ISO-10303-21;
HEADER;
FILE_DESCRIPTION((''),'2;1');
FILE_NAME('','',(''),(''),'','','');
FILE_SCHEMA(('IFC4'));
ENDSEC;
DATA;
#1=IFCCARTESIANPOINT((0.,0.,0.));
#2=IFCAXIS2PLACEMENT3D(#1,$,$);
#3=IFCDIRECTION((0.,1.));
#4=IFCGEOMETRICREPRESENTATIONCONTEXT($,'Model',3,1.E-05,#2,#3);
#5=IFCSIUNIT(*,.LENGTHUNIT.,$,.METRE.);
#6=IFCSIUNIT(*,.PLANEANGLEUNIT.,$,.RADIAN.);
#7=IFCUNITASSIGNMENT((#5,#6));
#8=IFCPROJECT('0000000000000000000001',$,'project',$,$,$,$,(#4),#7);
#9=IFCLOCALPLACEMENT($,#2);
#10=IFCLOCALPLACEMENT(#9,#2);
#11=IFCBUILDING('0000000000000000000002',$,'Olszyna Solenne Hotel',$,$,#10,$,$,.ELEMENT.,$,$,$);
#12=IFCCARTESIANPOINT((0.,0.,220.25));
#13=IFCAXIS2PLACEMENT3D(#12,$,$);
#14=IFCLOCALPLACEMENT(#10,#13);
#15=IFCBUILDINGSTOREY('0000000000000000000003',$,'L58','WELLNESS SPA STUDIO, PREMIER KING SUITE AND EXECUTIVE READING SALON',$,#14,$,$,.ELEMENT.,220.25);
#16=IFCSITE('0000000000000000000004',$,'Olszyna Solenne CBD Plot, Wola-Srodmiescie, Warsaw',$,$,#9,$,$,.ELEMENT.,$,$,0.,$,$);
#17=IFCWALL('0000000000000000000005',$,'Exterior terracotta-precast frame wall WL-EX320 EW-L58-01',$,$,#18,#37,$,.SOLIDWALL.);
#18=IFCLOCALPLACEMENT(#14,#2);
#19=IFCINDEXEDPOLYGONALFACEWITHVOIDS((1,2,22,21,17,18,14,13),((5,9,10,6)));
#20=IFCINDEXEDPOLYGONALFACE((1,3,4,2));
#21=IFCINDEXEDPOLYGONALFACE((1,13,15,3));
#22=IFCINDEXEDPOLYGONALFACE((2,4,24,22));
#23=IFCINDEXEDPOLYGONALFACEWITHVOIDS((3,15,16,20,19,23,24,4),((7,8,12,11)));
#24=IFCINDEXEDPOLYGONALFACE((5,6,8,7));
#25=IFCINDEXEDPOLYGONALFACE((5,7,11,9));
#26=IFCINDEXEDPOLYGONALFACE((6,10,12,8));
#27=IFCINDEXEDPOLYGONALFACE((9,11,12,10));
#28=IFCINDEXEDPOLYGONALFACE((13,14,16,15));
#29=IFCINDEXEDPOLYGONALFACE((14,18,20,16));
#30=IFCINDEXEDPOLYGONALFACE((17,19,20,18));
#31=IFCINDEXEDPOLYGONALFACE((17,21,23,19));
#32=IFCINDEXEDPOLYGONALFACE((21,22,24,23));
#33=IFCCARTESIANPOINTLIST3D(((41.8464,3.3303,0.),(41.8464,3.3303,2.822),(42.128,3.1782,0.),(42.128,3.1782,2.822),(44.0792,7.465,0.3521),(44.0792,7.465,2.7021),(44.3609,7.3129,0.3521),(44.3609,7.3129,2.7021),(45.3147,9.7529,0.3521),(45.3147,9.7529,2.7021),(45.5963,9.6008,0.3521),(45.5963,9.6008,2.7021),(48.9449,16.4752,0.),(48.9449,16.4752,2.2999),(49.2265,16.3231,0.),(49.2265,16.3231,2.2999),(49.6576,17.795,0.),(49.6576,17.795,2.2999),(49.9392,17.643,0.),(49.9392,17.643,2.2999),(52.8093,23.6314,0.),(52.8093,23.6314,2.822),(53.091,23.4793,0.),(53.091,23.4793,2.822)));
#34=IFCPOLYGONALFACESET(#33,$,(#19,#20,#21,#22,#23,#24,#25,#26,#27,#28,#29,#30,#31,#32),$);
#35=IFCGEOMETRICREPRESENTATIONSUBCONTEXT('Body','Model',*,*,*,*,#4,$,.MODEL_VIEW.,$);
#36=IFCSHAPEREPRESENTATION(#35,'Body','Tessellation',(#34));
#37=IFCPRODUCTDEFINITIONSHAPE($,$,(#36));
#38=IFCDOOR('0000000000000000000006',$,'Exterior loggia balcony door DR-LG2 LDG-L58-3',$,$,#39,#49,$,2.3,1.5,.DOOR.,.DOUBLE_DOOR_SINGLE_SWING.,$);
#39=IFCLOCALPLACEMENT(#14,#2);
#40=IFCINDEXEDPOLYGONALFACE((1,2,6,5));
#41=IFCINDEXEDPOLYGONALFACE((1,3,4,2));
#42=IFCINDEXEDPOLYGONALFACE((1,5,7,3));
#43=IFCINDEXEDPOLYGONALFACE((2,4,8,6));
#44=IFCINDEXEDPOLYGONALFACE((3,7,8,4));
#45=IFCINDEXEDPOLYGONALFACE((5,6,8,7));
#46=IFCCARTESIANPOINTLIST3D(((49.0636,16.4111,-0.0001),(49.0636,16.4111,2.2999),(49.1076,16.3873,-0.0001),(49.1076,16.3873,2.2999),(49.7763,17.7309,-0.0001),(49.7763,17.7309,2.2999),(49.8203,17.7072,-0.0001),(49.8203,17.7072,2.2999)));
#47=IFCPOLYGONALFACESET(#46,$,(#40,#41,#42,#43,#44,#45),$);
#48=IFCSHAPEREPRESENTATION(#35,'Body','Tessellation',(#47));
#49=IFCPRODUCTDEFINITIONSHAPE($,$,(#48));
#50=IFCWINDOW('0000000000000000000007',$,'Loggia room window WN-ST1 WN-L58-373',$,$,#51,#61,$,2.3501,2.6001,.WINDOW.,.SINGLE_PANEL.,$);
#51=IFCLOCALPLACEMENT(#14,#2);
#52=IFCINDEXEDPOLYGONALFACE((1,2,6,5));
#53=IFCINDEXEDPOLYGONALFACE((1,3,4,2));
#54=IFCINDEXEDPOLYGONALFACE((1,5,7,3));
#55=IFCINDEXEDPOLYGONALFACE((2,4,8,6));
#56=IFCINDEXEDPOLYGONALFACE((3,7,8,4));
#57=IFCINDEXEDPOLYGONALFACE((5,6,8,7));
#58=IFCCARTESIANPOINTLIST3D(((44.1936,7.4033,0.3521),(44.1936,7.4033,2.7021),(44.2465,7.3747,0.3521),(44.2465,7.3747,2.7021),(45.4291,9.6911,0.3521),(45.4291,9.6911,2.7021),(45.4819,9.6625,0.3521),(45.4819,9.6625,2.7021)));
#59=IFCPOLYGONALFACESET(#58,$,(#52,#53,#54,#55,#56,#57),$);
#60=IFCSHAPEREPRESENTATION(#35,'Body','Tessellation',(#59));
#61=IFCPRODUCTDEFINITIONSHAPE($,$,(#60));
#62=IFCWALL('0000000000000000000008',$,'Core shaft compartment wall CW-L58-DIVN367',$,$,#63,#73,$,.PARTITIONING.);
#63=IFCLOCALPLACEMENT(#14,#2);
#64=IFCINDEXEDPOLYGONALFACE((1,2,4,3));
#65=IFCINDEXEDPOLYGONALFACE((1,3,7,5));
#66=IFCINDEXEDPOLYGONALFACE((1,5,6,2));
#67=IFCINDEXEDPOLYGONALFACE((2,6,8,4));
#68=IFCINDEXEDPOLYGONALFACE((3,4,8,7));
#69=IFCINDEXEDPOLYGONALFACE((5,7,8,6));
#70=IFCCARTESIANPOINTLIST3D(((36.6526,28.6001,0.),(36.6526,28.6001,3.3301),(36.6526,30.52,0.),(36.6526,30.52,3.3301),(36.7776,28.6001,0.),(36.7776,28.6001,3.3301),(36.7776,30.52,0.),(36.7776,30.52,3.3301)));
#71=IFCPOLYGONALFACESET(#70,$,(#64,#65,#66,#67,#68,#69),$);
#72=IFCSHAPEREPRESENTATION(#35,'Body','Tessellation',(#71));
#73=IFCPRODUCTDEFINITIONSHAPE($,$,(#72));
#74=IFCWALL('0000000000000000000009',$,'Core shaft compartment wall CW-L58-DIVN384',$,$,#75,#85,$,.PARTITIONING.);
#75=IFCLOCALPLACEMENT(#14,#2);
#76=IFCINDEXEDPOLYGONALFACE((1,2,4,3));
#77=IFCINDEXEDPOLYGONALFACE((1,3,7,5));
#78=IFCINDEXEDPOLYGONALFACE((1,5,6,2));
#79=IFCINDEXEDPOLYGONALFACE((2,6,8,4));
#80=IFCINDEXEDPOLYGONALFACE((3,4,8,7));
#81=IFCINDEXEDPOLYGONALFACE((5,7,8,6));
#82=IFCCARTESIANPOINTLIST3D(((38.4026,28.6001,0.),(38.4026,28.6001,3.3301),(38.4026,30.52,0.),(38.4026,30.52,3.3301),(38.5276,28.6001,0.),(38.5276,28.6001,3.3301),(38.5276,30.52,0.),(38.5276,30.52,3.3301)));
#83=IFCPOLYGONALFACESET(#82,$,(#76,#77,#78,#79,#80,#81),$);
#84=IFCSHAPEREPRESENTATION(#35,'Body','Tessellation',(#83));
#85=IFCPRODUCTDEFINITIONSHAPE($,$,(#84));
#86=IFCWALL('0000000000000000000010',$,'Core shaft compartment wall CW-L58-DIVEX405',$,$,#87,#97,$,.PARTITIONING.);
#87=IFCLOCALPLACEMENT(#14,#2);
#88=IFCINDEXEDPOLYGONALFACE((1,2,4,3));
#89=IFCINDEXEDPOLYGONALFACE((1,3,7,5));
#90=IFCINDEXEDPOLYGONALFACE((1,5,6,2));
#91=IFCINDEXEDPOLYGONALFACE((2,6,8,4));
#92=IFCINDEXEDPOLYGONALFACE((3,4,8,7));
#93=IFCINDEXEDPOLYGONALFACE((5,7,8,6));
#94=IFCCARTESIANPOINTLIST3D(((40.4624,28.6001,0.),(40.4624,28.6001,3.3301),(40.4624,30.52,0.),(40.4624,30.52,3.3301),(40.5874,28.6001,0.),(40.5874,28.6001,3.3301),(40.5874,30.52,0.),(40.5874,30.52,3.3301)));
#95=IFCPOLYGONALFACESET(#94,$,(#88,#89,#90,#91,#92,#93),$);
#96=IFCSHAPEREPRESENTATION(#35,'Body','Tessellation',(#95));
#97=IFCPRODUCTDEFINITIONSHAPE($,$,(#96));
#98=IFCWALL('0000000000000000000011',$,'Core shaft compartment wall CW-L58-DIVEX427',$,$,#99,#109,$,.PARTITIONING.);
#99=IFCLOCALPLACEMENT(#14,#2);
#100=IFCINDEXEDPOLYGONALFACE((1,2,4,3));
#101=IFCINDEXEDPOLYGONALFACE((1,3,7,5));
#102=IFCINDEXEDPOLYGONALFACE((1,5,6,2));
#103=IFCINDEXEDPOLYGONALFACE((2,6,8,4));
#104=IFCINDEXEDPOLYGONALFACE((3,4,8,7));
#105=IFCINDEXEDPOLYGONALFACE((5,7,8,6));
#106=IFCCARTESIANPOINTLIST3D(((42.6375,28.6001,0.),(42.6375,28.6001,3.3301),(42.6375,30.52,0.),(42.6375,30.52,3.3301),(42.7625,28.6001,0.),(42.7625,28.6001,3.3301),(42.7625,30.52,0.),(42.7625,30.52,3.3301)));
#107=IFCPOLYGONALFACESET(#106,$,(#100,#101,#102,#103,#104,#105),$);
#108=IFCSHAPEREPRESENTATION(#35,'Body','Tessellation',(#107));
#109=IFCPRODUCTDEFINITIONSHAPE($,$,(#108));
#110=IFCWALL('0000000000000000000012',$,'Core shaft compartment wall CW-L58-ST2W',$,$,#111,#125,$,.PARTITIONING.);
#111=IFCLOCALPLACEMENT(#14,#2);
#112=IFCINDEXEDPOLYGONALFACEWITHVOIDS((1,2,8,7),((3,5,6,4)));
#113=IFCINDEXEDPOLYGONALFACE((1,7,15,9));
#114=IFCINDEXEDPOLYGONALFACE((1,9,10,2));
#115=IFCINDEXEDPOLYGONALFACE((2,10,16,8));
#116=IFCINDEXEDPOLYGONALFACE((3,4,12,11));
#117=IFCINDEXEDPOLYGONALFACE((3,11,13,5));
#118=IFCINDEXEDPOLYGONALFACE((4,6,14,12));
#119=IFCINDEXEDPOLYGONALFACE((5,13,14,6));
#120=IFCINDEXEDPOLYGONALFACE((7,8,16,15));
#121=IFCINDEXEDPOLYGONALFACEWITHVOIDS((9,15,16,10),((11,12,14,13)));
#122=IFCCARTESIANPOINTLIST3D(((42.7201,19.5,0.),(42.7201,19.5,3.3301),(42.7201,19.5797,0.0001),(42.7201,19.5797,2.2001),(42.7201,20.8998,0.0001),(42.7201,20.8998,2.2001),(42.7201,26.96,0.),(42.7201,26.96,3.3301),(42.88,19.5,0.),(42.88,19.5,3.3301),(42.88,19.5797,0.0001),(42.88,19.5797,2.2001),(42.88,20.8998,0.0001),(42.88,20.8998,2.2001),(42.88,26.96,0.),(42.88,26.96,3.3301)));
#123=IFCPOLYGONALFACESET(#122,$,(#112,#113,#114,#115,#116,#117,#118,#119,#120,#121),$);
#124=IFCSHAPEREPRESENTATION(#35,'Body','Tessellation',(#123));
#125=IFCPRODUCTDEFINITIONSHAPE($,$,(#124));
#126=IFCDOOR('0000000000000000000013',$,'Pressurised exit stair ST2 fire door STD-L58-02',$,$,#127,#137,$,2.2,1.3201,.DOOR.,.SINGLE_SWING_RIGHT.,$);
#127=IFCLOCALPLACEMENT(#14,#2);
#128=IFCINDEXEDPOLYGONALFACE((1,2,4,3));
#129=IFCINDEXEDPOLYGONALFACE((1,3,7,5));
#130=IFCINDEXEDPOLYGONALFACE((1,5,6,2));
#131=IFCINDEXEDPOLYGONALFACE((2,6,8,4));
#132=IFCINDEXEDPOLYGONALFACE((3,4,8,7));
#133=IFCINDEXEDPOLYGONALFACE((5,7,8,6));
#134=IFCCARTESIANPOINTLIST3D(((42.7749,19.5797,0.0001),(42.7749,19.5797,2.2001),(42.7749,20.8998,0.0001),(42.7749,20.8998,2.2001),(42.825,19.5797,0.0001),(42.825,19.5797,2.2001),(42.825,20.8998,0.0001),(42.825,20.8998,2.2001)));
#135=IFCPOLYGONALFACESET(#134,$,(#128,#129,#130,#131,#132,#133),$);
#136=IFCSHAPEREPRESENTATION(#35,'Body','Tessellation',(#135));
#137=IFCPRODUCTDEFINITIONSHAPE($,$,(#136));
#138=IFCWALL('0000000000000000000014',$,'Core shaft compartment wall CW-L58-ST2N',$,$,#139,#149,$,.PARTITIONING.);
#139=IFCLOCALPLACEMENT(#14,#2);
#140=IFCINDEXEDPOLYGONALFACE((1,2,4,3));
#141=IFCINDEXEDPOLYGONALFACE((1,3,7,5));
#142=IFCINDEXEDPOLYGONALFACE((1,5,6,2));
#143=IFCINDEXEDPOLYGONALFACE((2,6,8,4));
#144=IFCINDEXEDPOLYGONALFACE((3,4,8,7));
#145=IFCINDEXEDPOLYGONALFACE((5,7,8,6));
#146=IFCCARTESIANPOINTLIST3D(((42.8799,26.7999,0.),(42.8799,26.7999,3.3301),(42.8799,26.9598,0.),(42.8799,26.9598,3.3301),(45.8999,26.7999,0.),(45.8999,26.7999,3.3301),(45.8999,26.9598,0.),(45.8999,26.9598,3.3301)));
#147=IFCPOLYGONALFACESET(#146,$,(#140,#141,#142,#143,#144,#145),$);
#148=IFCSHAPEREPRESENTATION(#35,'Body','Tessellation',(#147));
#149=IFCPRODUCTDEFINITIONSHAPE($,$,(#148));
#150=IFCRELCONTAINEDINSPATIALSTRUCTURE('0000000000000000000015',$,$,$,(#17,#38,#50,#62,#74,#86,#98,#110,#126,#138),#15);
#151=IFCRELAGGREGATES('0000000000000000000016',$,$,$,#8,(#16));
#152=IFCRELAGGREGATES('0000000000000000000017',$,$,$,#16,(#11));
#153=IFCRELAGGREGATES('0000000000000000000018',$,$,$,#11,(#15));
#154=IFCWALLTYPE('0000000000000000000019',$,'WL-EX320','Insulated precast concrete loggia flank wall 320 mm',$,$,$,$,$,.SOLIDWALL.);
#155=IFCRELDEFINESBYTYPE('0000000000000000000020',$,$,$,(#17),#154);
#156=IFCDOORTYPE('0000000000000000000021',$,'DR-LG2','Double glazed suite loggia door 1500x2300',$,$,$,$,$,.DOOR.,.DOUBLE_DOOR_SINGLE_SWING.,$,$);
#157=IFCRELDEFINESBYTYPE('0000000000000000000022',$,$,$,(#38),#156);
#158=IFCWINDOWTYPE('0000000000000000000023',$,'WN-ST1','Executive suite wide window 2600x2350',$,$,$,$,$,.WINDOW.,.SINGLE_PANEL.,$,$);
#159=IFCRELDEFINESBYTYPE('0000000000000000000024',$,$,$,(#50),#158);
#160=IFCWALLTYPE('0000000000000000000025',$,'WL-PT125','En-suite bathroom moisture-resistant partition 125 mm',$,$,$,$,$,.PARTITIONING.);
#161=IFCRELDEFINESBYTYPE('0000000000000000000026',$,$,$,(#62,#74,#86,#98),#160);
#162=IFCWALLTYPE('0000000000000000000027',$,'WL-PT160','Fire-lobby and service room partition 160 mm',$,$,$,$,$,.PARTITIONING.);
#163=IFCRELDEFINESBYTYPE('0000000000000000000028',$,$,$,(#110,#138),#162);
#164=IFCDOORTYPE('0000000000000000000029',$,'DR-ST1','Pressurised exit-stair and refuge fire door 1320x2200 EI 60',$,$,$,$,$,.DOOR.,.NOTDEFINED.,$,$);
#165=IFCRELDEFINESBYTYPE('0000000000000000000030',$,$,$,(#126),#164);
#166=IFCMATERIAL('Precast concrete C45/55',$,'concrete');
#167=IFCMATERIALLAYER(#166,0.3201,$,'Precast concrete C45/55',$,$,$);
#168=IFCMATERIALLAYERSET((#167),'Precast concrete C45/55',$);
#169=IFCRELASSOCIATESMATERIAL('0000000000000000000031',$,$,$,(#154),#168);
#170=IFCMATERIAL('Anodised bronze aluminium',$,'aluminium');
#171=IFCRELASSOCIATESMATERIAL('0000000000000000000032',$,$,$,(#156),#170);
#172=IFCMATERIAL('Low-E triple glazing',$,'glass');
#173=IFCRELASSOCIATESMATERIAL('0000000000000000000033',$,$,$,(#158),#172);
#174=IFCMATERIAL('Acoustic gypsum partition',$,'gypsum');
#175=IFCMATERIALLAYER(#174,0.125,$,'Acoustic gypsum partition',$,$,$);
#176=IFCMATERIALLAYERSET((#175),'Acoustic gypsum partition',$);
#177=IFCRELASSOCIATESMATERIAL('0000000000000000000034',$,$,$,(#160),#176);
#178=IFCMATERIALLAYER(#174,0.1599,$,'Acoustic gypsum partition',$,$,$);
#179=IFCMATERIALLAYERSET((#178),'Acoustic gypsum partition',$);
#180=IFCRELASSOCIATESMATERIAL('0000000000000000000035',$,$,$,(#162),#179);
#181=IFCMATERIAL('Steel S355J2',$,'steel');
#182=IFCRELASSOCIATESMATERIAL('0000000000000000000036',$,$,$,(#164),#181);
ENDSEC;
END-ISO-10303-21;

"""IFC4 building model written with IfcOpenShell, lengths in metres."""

from ifc_helpers import new_model, si_unit, direction, frame, frame_2d, origin, place, context, subcontext, project, spatial, rectangle, extrude, source, transform, mapped, material, layer, layer_set, type_object, type_shapes, element, fill, save


model = new_model("IFC4")

# Units and contexts
model_context = context("Model", 3, precision=1e-05, world=origin(), true_north=direction((0.0, 1.0)))
body_context = subcontext(model_context, "Body", "Model", "MODEL_VIEW")
ifc_project = project(units=[si_unit("LENGTHUNIT", "METRE"), si_unit("PLANEANGLEUNIT", "RADIAN")], contexts=[model_context])

# Site, building, storey
site_placement = place(None, origin())
site = spatial("IfcSite", under=ifc_project, at=site_placement, Name="Olszyna Solenne CBD Plot, Wola-Srodmiescie, Warsaw", CompositionType="ELEMENT", RefElevation=0.0)
building_placement = place(site_placement, origin())
building = spatial("IfcBuilding", under=site, at=building_placement, Name="Olszyna Solenne Hotel", CompositionType="ELEMENT")
storey_placement = place(building_placement, frame((0.0, 0.0, 220.25)))
storey = spatial("IfcBuildingStorey", under=building, at=storey_placement, Name="L58", Description="WELLNESS SPA STUDIO, PREMIER KING SUITE AND EXECUTIVE READING SALON", CompositionType="ELEMENT", Elevation=220.25)

# Shared definitions
ifc_material_1 = material(Name="Steel S355J2", Category="steel")

# Wall, openings, door, window
ifc_material_2 = material(Name="Precast concrete C45/55", Category="concrete")
ifc_layer_1 = layer(ifc_material_2, 0.3201, Name="Precast concrete C45/55")
ifc_layer_set_1 = layer_set([ifc_layer_1], Name="Precast concrete C45/55")
wall_type_1 = type_object("IfcWallType", Name="WL-EX320", Description="Insulated precast concrete loggia flank wall 320 mm", PredefinedType="SOLIDWALL", material=ifc_layer_set_1)
wall_1_placement = place(storey_placement, frame((52.9502, 23.5554, 0.0), z_axis=(0.0, 0.0, 1.0), x_axis=(-0.47516, -0.879899, 0.0)))
wall_1 = element("IfcWall", 1, at=wall_1_placement, inside=storey, type_object=wall_type_1, Name="Exterior terracotta-precast frame wall WL-EX320 EW-L58-01", PredefinedType="SOLIDWALL", context=body_context, shape_type="SweptSolid", body=[
    extrude(rectangle(XDim=23.072, YDim=0.3201, at=frame_2d((11.5361, 0.0))), origin(), (0.0, 0.0, 1.0), 2.822),
])
opening_1_placement = place(wall_1_placement, frame((6.6331, 0.0, 0.0)))
opening_1 = element("IfcOpeningElement", 2, at=opening_1_placement, cuts=wall_1, PredefinedType="OPENING", context=body_context, shape_type="SweptSolid", body=[
    extrude(rectangle(XDim=1.5, YDim=2.3, at=frame_2d((0.75, 1.1499))), frame((0.0, 0.1699, 0.0), z_axis=(0.0, -1.0, 0.0), x_axis=(1.0, 0.0, 0.0)), (0.0, 0.0, 1.0), 0.3401),
])
opening_2_placement = place(wall_1_placement, frame((15.7729, 0.0, 0.3521)))
opening_2 = element("IfcOpeningElement", 3, at=opening_2_placement, cuts=wall_1, PredefinedType="OPENING", context=body_context, shape_type="SweptSolid", body=[
    extrude(rectangle(XDim=2.6001, YDim=2.3501, at=frame_2d((1.3, 1.175))), frame((0.0, 0.1699, 0.0), z_axis=(0.0, -1.0, 0.0), x_axis=(1.0, 0.0, 0.0)), (0.0, 0.0, 1.0), 0.3401),
])
ifc_material_3 = material(Name="Anodised bronze aluminium", Category="aluminium")
door_type_1 = type_object("IfcDoorType", Name="DR-LG2", Description="Double glazed suite loggia door 1500x2300", OperationType="DOUBLE_DOOR_SINGLE_SWING", PredefinedType="DOOR", material=ifc_material_3)
shared_shape_1 = source(origin(), body_context, "Body", "SweptSolid", [
    extrude(rectangle(XDim=1.5, YDim=2.3, at=frame_2d((0.75, 1.1499))), frame((0.0, 0.0249, 0.0), z_axis=(0.0, -1.0, 0.0), x_axis=(1.0, 0.0, 0.0)), (0.0, 0.0, 1.0), 0.05),
])
type_shapes(door_type_1, [shared_shape_1])
door_1_placement = place(opening_1_placement, origin())
door_1 = element("IfcDoor", 4, at=door_1_placement, inside=storey, type_object=door_type_1, Name="Exterior loggia balcony door DR-LG2 LDG-L58-3", OperationType="DOUBLE_DOOR_SINGLE_SWING", OverallHeight=2.3, OverallWidth=1.5, PredefinedType="DOOR", context=body_context, shape_type="MappedRepresentation", body=[
    mapped(shared_shape_1, transform((0.0, 0.0, 0.0), x_axis=(1.0, 0.0, 0.0), y_axis=(0.0, 1.0, 0.0), z_axis=(0.0, 0.0, 1.0), scale=1.0)),
])
fill(opening_1, door_1)
ifc_material_4 = material(Name="Low-E triple glazing", Category="glass")
window_type = type_object("IfcWindowType", Name="WN-ST1", Description="Executive suite wide window 2600x2350", PartitioningType="SINGLE_PANEL", PredefinedType="WINDOW", material=ifc_material_4)
shared_shape_2 = source(origin(), body_context, "Body", "SweptSolid", [
    extrude(rectangle(XDim=2.6001, YDim=2.3501, at=frame_2d((1.3, 1.175))), frame((0.0, 0.03, 0.0), z_axis=(0.0, -1.0, 0.0), x_axis=(1.0, 0.0, 0.0)), (0.0, 0.0, 1.0), 0.0601),
])
type_shapes(window_type, [shared_shape_2])
window_placement = place(opening_2_placement, origin())
window = element("IfcWindow", 5, at=window_placement, inside=storey, type_object=window_type, Name="Loggia room window WN-ST1 WN-L58-373", OverallHeight=2.3501, OverallWidth=2.6001, PartitioningType="SINGLE_PANEL", PredefinedType="WINDOW", context=body_context, shape_type="MappedRepresentation", body=[
    mapped(shared_shape_2, transform((0.0, 0.0, 0.0), x_axis=(1.0, 0.0, 0.0), y_axis=(0.0, 1.0, 0.0), z_axis=(0.0, 0.0, 1.0), scale=1.0)),
])
fill(opening_2, window)

# Walls
ifc_material_5 = material(Name="Acoustic gypsum partition", Category="gypsum")
ifc_layer_2 = layer(ifc_material_5, 0.125, Name="Acoustic gypsum partition")
ifc_layer_set_2 = layer_set([ifc_layer_2], Name="Acoustic gypsum partition")
wall_type_2 = type_object("IfcWallType", Name="WL-PT125", Description="En-suite bathroom moisture-resistant partition 125 mm", PredefinedType="PARTITIONING", material=ifc_layer_set_2)
for number, where, z_axis, x_axis, name in (
    (6, (36.7151, 28.6001, 0.0), (0.0, 0.0, 1.0), (0.0, 1.0, 0.0), "Core shaft compartment wall CW-L58-DIVN367"),
    (7, (38.4651, 28.6001, 0.0), (0.0, 0.0, 1.0), (0.0, 1.0, 0.0), "Core shaft compartment wall CW-L58-DIVN384"),
    (8, (40.5249, 28.6001, 0.0), (0.0, 0.0, 1.0), (0.0, 1.0, 0.0), "Core shaft compartment wall CW-L58-DIVEX405"),
    (9, (42.7, 28.6001, 0.0), (0.0, 0.0, 1.0), (0.0, 1.0, 0.0), "Core shaft compartment wall CW-L58-DIVEX427"),
):
    element("IfcWall", number, at=place(storey_placement, frame(where, z_axis=z_axis, x_axis=x_axis)), inside=storey, type_object=wall_type_2, Name=name, PredefinedType="PARTITIONING", context=body_context, shape_type="SweptSolid", body=[
        extrude(rectangle(XDim=1.9199, YDim=0.125, at=frame_2d((0.96, 0.0))), origin(), (0.0, 0.0, 1.0), 3.3301),
    ])

# Wall, opening, door
ifc_layer_3 = layer(ifc_material_5, 0.1599, Name="Acoustic gypsum partition")
ifc_layer_set_3 = layer_set([ifc_layer_3], Name="Acoustic gypsum partition")
wall_type_3 = type_object("IfcWallType", Name="WL-PT160", Description="Fire-lobby and service room partition 160 mm", PredefinedType="PARTITIONING", material=ifc_layer_set_3)
wall_2_placement = place(storey_placement, frame((42.8, 26.96, 0.0), z_axis=(0.0, 0.0, 1.0), x_axis=(0.0, -1.0, 0.0)))
wall_2 = element("IfcWall", 10, at=wall_2_placement, inside=storey, type_object=wall_type_3, Name="Core shaft compartment wall CW-L58-ST2W", PredefinedType="PARTITIONING", context=body_context, shape_type="SweptSolid", body=[
    extrude(rectangle(XDim=7.46, YDim=0.1599, at=frame_2d((3.73, 0.0))), origin(), (0.0, 0.0, 1.0), 3.3301),
])
opening_3_placement = place(wall_2_placement, frame((6.0601, 0.0, 0.0)))
opening_3 = element("IfcOpeningElement", 11, at=opening_3_placement, cuts=wall_2, PredefinedType="OPENING", context=body_context, shape_type="SweptSolid", body=[
    extrude(rectangle(XDim=1.3201, YDim=2.2, at=frame_2d((0.6602, 1.1001))), frame((0.0, 0.0898, 0.0), z_axis=(0.0, -1.0, 0.0), x_axis=(1.0, 0.0, 0.0)), (0.0, 0.0, 1.0), 0.1799),
])
door_type_2 = type_object("IfcDoorType", Name="DR-ST1", Description="Pressurised exit-stair and refuge fire door 1320x2200 EI 60", OperationType="NOTDEFINED", PredefinedType="DOOR", material=ifc_material_1)
shared_shape_3 = source(origin(), body_context, "Body", "SweptSolid", [
    extrude(rectangle(XDim=1.3201, YDim=2.2, at=frame_2d((0.6602, 1.1001))), frame((0.0, 0.0249, 0.0), z_axis=(0.0, -1.0, 0.0), x_axis=(1.0, 0.0, 0.0)), (0.0, 0.0, 1.0), 0.05),
])
type_shapes(door_type_2, [shared_shape_3])
door_2_placement = place(opening_3_placement, origin())
door_2 = element("IfcDoor", 12, at=door_2_placement, inside=storey, type_object=door_type_2, Name="Pressurised exit stair ST2 fire door STD-L58-02", OperationType="SINGLE_SWING_RIGHT", OverallHeight=2.2, OverallWidth=1.3201, PredefinedType="DOOR", context=body_context, shape_type="MappedRepresentation", body=[
    mapped(shared_shape_3, transform((0.0, 0.0, 0.0), x_axis=(1.0, 0.0, 0.0), y_axis=(0.0, 1.0, 0.0), z_axis=(0.0, 0.0, 1.0), scale=1.0)),
])
fill(opening_3, door_2)

# Wall
wall_3_placement = place(storey_placement, frame((42.8799, 26.8799, 0.0), z_axis=(0.0, 0.0, 1.0), x_axis=(1.0, 0.0, 0.0)))
element("IfcWall", 13, at=wall_3_placement, inside=storey, type_object=wall_type_3, Name="Core shaft compartment wall CW-L58-ST2N", PredefinedType="PARTITIONING", context=body_context, shape_type="SweptSolid", body=[
    extrude(rectangle(XDim=3.02, YDim=0.1599, at=frame_2d((1.51, 0.0))), origin(), (0.0, 0.0, 1.0), 3.3301),
])

save(model, "model.ifc")
